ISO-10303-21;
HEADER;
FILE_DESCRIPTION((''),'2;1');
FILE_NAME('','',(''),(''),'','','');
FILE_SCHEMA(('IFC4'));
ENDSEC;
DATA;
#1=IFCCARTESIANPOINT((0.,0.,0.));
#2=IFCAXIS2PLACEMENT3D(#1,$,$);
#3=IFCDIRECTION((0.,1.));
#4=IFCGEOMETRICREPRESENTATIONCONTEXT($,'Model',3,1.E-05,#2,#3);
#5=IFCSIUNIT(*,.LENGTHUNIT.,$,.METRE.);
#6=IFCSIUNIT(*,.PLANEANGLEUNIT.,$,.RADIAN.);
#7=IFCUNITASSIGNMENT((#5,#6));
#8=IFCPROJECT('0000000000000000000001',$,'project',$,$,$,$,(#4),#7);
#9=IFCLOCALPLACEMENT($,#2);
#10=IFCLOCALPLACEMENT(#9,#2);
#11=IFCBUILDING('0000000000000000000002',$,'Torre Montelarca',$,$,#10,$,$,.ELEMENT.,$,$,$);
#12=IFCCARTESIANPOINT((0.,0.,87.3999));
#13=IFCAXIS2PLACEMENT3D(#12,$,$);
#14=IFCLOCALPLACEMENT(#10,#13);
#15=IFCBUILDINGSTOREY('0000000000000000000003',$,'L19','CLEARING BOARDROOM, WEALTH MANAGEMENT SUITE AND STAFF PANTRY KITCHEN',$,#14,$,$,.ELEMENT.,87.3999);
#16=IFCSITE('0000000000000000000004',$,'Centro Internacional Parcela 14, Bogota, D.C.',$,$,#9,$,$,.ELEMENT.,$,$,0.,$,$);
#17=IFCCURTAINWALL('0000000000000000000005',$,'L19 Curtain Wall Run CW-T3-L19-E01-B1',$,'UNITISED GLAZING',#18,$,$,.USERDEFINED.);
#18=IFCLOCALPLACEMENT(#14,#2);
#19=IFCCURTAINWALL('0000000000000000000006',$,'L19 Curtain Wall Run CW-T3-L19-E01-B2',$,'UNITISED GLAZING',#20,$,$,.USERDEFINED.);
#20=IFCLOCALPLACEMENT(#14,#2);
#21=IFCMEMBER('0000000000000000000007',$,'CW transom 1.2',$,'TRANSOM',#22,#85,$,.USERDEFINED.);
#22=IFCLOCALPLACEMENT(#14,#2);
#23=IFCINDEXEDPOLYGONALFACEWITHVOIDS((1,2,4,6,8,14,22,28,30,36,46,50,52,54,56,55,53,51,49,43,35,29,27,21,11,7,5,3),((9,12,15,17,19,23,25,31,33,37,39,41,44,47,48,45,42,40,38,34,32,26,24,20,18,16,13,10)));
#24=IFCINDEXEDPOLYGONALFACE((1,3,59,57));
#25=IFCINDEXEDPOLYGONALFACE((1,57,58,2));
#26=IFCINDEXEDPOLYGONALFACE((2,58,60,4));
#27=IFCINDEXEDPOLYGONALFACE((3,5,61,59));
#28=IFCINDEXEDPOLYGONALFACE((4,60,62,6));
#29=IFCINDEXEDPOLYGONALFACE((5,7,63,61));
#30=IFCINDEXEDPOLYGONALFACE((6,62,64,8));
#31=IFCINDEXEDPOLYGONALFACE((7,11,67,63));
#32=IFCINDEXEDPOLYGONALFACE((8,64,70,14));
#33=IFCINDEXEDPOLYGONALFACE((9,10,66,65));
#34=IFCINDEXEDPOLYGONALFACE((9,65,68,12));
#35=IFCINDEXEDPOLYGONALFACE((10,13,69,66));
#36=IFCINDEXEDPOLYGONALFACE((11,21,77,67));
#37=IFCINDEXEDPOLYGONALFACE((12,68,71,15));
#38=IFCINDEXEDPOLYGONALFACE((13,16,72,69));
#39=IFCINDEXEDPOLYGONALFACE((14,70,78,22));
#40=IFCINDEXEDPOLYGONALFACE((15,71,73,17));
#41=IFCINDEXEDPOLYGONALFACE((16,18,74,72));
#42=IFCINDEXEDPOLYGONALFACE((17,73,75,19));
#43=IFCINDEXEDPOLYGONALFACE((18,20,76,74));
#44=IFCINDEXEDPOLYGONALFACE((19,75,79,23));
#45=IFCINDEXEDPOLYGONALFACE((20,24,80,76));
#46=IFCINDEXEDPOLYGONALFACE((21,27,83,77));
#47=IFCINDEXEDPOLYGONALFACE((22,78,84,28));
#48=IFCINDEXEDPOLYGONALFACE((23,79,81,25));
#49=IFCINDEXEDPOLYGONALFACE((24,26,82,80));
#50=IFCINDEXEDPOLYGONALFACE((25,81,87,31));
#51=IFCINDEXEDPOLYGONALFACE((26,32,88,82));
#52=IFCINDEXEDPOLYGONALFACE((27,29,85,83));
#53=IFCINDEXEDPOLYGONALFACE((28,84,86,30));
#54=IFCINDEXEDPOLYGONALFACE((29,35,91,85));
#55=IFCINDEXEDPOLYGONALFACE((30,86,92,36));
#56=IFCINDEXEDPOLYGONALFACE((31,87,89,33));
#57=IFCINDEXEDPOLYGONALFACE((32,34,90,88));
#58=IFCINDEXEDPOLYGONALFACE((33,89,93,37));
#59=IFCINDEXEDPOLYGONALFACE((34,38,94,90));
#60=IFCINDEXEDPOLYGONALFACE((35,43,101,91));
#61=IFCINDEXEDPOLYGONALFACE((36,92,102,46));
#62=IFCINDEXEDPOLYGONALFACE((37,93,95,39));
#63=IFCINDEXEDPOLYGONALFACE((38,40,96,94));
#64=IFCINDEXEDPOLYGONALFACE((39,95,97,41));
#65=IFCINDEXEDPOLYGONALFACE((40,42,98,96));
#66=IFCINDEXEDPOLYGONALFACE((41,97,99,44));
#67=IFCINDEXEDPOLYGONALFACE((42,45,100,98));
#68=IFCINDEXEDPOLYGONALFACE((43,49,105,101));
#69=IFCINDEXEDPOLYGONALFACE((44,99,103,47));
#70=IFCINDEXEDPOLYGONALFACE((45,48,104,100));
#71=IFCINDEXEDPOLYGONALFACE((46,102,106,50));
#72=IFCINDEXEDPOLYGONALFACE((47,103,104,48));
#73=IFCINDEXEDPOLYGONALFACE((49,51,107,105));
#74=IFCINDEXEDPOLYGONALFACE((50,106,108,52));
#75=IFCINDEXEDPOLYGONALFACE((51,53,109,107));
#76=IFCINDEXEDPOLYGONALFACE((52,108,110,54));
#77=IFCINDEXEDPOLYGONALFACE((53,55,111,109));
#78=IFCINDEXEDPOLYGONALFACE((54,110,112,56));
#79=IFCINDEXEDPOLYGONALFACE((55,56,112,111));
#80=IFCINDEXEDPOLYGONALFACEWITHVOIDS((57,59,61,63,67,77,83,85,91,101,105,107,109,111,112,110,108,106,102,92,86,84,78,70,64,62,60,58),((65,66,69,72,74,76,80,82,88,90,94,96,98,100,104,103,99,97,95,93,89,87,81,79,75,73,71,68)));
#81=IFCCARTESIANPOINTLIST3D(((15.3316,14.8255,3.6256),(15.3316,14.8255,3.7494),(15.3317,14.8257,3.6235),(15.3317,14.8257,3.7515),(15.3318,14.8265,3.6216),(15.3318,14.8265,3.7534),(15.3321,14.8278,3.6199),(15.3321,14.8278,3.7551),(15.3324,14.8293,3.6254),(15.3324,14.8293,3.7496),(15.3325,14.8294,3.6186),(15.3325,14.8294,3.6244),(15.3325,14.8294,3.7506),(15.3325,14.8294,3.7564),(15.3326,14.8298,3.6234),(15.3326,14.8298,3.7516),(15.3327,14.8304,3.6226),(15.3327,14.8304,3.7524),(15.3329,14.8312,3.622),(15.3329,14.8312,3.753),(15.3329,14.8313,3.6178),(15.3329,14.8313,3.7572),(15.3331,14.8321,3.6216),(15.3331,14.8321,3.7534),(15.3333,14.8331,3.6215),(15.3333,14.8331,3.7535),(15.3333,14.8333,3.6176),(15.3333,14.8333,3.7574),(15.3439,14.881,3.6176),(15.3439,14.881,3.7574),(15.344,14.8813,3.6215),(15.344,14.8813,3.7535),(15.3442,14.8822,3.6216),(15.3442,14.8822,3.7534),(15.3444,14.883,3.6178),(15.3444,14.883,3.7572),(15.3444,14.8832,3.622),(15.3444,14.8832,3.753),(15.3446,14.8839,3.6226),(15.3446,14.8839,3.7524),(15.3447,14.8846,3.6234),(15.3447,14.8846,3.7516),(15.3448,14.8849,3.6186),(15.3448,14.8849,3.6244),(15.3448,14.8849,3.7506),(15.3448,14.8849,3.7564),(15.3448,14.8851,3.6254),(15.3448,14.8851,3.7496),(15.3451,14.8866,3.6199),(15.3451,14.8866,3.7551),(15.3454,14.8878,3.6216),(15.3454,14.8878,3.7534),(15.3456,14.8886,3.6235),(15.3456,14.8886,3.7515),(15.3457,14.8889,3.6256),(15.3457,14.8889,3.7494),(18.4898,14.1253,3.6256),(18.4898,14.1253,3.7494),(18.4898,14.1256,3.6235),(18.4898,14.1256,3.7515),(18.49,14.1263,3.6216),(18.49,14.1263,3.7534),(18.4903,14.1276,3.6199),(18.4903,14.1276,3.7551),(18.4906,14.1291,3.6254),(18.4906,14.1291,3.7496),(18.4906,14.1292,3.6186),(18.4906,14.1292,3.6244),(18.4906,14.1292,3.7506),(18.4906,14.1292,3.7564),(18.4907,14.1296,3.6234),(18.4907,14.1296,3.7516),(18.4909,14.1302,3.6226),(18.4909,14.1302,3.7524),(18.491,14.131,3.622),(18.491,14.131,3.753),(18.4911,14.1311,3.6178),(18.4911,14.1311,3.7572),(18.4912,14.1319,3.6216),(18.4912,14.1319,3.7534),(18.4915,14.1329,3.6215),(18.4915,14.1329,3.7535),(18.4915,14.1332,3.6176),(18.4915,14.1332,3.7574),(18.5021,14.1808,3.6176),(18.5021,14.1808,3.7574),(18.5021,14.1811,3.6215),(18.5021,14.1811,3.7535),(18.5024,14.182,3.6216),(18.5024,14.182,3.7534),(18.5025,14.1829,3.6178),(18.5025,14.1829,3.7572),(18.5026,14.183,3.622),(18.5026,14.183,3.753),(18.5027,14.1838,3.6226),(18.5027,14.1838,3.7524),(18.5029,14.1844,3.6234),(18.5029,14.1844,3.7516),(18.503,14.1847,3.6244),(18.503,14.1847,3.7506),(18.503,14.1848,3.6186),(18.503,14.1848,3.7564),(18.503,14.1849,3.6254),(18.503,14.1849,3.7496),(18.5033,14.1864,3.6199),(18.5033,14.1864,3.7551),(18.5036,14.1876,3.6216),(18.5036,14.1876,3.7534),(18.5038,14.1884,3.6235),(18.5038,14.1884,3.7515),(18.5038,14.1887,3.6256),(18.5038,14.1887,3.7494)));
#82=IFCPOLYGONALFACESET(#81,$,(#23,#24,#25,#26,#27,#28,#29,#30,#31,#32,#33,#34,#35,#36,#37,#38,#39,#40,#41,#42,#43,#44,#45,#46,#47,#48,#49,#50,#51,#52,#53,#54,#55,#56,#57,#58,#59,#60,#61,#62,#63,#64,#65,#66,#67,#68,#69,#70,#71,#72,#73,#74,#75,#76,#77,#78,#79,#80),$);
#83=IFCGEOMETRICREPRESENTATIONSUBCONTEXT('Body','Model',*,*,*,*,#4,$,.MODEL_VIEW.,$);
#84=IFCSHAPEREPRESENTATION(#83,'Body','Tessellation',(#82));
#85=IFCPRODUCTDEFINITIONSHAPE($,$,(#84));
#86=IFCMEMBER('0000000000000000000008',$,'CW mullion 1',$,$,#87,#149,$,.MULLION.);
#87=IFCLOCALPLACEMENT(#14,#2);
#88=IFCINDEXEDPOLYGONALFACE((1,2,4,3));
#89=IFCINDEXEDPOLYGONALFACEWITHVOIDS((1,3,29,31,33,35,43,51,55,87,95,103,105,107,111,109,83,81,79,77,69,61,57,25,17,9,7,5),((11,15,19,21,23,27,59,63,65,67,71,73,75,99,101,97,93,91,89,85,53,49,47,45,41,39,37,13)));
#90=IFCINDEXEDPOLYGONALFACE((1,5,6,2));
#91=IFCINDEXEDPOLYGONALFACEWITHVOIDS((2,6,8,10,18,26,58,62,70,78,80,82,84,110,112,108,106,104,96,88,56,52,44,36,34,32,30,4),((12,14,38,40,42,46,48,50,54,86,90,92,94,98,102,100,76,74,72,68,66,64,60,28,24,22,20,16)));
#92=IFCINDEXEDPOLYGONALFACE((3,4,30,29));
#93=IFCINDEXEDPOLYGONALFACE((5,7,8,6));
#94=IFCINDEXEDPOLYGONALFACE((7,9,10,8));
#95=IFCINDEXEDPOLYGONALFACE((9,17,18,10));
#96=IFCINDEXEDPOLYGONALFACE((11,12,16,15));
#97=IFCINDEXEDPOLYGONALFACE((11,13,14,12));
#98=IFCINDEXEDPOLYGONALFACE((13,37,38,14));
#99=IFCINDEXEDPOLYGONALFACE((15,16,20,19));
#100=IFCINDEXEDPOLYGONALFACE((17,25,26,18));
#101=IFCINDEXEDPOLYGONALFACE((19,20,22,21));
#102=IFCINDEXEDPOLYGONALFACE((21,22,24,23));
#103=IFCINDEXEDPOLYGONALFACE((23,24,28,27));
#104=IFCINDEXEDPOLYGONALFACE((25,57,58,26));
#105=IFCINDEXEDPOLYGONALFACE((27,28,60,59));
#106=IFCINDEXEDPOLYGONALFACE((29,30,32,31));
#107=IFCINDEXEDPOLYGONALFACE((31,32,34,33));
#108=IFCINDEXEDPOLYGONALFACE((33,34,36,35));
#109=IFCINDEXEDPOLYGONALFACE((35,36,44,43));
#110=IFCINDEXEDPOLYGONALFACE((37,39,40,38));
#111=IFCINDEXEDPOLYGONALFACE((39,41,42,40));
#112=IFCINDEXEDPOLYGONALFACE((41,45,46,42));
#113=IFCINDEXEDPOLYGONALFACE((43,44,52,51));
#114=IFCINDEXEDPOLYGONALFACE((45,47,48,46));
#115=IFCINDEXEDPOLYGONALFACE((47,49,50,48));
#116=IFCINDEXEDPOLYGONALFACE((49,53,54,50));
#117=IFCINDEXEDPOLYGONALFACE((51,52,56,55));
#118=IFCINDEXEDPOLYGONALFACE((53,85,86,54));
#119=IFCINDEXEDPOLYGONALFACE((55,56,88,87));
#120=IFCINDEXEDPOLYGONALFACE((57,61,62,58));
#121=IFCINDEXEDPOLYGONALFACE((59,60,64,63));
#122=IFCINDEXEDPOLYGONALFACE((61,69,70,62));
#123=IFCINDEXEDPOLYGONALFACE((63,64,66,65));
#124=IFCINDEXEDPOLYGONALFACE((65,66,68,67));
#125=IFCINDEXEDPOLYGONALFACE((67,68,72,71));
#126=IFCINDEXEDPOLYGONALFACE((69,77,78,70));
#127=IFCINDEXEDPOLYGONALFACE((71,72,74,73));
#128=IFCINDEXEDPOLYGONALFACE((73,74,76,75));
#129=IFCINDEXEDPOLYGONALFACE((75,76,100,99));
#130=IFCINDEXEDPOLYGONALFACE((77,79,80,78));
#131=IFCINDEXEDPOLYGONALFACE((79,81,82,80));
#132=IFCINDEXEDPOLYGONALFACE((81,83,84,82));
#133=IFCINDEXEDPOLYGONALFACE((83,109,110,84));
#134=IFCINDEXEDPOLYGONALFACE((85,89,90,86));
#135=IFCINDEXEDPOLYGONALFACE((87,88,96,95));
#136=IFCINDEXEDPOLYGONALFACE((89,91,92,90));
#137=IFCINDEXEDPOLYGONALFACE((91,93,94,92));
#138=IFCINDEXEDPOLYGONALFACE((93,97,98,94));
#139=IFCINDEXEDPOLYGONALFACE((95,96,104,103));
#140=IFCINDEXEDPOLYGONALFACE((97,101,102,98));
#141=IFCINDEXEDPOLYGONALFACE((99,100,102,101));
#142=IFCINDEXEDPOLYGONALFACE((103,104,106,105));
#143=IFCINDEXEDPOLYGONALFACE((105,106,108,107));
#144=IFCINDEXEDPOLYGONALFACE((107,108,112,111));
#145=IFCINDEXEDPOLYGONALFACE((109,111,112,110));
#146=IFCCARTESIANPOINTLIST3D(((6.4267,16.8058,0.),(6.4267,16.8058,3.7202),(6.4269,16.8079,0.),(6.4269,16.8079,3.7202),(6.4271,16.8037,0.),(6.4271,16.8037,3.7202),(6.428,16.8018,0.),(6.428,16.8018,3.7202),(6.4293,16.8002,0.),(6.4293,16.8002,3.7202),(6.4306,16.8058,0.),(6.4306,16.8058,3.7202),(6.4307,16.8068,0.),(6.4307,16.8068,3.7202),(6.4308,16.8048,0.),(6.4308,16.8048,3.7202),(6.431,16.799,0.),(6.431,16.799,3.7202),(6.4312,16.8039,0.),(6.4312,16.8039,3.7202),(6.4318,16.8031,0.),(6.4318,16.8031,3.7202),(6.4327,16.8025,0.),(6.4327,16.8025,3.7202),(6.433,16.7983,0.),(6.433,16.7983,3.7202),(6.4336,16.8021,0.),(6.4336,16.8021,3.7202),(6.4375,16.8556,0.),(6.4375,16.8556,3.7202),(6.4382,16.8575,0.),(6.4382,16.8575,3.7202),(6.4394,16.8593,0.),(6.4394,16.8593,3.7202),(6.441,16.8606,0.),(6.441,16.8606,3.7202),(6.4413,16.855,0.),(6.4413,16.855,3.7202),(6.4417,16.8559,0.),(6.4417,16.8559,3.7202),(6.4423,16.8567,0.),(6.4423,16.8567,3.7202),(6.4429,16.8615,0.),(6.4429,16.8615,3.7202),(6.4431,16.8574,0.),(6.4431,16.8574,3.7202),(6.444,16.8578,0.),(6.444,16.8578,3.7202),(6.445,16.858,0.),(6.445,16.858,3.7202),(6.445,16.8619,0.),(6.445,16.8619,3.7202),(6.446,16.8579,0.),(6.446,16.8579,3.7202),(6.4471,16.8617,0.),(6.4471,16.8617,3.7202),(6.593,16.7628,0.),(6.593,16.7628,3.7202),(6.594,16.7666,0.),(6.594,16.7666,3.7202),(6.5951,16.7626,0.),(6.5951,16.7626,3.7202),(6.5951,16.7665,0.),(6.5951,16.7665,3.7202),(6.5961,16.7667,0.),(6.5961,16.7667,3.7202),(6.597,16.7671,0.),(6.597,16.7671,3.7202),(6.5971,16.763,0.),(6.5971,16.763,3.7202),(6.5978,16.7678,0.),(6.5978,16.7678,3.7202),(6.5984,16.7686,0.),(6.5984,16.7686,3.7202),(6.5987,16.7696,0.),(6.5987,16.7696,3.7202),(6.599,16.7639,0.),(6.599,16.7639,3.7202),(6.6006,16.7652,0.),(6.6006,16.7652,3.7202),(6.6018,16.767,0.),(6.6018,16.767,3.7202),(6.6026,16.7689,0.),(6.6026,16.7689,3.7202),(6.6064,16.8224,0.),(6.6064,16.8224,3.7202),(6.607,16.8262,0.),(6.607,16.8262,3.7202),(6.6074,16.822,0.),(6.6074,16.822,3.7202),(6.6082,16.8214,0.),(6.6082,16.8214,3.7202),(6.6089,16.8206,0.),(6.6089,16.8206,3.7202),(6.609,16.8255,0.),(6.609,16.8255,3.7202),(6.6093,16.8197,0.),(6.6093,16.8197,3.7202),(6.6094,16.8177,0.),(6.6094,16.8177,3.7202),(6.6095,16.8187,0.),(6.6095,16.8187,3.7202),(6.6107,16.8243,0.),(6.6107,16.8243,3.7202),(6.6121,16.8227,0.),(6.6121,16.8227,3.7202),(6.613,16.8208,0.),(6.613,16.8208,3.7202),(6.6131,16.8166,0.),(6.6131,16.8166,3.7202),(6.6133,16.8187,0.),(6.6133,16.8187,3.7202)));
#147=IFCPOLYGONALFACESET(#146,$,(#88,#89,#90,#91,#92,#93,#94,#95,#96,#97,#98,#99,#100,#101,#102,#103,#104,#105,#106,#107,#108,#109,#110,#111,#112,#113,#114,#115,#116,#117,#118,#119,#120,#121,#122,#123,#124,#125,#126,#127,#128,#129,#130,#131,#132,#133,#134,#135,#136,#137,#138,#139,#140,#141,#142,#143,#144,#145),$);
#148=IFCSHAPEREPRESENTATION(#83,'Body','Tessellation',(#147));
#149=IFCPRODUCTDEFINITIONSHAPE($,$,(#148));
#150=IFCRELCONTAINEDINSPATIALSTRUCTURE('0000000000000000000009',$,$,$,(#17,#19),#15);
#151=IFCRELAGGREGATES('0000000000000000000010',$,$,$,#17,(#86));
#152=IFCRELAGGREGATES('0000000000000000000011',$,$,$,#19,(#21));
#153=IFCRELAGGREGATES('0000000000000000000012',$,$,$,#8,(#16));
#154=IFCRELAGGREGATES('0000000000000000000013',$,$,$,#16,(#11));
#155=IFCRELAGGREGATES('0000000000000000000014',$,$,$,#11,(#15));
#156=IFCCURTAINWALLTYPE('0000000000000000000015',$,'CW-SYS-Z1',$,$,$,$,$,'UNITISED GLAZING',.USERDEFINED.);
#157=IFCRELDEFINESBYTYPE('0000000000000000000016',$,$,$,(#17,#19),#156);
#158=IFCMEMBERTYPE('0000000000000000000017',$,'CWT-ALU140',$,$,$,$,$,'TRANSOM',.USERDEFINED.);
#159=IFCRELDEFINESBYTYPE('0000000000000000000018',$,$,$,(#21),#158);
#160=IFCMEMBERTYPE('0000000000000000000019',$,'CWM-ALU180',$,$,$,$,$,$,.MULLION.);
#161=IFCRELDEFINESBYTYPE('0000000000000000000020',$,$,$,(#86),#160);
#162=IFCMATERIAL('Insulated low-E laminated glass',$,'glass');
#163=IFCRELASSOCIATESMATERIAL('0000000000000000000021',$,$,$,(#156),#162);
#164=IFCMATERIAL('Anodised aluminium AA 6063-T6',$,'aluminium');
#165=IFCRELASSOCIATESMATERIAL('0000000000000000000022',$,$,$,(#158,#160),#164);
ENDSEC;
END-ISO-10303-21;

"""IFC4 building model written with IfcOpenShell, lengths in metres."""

from ifc_helpers import new_model, si_unit, direction, frame, origin, origin_2d, place, context, subcontext, project, spatial, hollow_rectangle, extrude, source, transform, mapped, material, material_profile, profile_set, type_object, element, aggregate, save


model = new_model("IFC4")

# Units and contexts
model_context = context("Model", 3, precision=1e-05, world=origin(), true_north=direction((0.0, 1.0)))
body_context = subcontext(model_context, "Body", "Model", "MODEL_VIEW")
ifc_project = project(units=[si_unit("LENGTHUNIT", "METRE"), si_unit("PLANEANGLEUNIT", "RADIAN")], contexts=[model_context])

# Site, building, storey
site_placement = place(None, origin())
site = spatial("IfcSite", under=ifc_project, at=site_placement, Name="Centro Internacional Parcela 14, Bogota, D.C.", CompositionType="ELEMENT", RefElevation=0.0)
building_placement = place(site_placement, origin())
building = spatial("IfcBuilding", under=site, at=building_placement, Name="Torre Montelarca", CompositionType="ELEMENT")
storey_placement = place(building_placement, frame((0.0, 0.0, 87.3999)))
storey = spatial("IfcBuildingStorey", under=building, at=storey_placement, Name="L19", Description="CLEARING BOARDROOM, WEALTH MANAGEMENT SUITE AND STAFF PANTRY KITCHEN", CompositionType="ELEMENT", Elevation=87.3999)

# Curtain walls, member
ifc_material_1 = material(Name="Insulated low-E laminated glass", Category="glass")
curtain_wall_type = type_object("IfcCurtainWallType", Name="CW-SYS-Z1", ElementType="UNITISED GLAZING", PredefinedType="USERDEFINED", material=ifc_material_1)
curtain_wall_1_placement = place(storey_placement, origin())
curtain_wall_1 = element("IfcCurtainWall", 1, at=curtain_wall_1_placement, inside=storey, type_object=curtain_wall_type, Name="L19 Curtain Wall Run CW-T3-L19-E01-B1", ObjectType="UNITISED GLAZING", PredefinedType="USERDEFINED")
ifc_material_2 = material(Name="Anodised aluminium AA 6063-T6", Category="aluminium")
ifc_material_profile_1 = material_profile(ifc_material_2, hollow_rectangle(XDim=0.0649, YDim=0.1399, WallThickness=0.0039, InnerFilletRadius=0.0039, OuterFilletRadius=0.0081, at=origin_2d()), Name="ALU65X140X4", Category="aluminium")
ifc_profile_set_1 = profile_set([ifc_material_profile_1], Name="Anodised aluminium AA 6063-T6")
member_type_1 = type_object("IfcMemberType", Name="CWT-ALU140", ElementType="TRANSOM", PredefinedType="USERDEFINED", material=ifc_profile_set_1)
curtain_wall_2_placement = place(storey_placement, origin())
curtain_wall_2 = element("IfcCurtainWall", 2, at=curtain_wall_2_placement, inside=storey, type_object=curtain_wall_type, Name="L19 Curtain Wall Run CW-T3-L19-E01-B2", ObjectType="UNITISED GLAZING", PredefinedType="USERDEFINED")
shared_shape_1 = source(origin(), body_context, "Body", "SweptSolid", [
    extrude(hollow_rectangle(XDim=0.0649, YDim=0.1399, WallThickness=0.0039, InnerFilletRadius=0.0039, OuterFilletRadius=0.0081, at=origin_2d()), origin(), (0.0, 0.0, 1.0), 3.2349),
])
member_1_placement = place(storey_placement, frame((15.3386, 14.8572, 3.6875), z_axis=(0.976293, -0.216451, 0.0), x_axis=(0.216451, 0.976293, 0.0)))
member_1 = element("IfcMember", 3, at=member_1_placement, type_object=member_type_1, Name="CW transom 1.2", ObjectType="TRANSOM", PredefinedType="USERDEFINED", context=body_context, shape_type="MappedRepresentation", body=[
    mapped(shared_shape_1, transform((0.0, 0.0, 0.0), scale=1.0)),
])

# Member
ifc_material_profile_2 = material_profile(ifc_material_2, hollow_rectangle(XDim=0.0649, YDim=0.1799, WallThickness=0.0039, InnerFilletRadius=0.0039, OuterFilletRadius=0.0081, at=origin_2d()), Name="ALU65X180X4", Category="aluminium")
ifc_profile_set_2 = profile_set([ifc_material_profile_2], Name="Anodised aluminium AA 6063-T6")
member_type_2 = type_object("IfcMemberType", Name="CWM-ALU180", PredefinedType="MULLION", material=ifc_profile_set_2)
shared_shape_2 = source(origin(), body_context, "Body", "SweptSolid", [
    extrude(hollow_rectangle(XDim=0.0649, YDim=0.1799, WallThickness=0.0039, InnerFilletRadius=0.0039, OuterFilletRadius=0.0081, at=origin_2d()), origin(), (0.0, 0.0, 1.0), 3.7202),
])
member_2_placement = place(storey_placement, frame((6.52, 16.8123, 0.0), z_axis=(0.0, 0.0, 1.0), x_axis=(0.216437, 0.976297, 0.0)))
member_2 = element("IfcMember", 4, at=member_2_placement, type_object=member_type_2, Name="CW mullion 1", PredefinedType="MULLION", context=body_context, shape_type="MappedRepresentation", body=[
    mapped(shared_shape_2, transform((0.0, 0.0, 0.0), scale=1.0)),
])

aggregate(curtain_wall_1, [member_2])
aggregate(curtain_wall_2, [member_1])

save(model, "model.ifc")
